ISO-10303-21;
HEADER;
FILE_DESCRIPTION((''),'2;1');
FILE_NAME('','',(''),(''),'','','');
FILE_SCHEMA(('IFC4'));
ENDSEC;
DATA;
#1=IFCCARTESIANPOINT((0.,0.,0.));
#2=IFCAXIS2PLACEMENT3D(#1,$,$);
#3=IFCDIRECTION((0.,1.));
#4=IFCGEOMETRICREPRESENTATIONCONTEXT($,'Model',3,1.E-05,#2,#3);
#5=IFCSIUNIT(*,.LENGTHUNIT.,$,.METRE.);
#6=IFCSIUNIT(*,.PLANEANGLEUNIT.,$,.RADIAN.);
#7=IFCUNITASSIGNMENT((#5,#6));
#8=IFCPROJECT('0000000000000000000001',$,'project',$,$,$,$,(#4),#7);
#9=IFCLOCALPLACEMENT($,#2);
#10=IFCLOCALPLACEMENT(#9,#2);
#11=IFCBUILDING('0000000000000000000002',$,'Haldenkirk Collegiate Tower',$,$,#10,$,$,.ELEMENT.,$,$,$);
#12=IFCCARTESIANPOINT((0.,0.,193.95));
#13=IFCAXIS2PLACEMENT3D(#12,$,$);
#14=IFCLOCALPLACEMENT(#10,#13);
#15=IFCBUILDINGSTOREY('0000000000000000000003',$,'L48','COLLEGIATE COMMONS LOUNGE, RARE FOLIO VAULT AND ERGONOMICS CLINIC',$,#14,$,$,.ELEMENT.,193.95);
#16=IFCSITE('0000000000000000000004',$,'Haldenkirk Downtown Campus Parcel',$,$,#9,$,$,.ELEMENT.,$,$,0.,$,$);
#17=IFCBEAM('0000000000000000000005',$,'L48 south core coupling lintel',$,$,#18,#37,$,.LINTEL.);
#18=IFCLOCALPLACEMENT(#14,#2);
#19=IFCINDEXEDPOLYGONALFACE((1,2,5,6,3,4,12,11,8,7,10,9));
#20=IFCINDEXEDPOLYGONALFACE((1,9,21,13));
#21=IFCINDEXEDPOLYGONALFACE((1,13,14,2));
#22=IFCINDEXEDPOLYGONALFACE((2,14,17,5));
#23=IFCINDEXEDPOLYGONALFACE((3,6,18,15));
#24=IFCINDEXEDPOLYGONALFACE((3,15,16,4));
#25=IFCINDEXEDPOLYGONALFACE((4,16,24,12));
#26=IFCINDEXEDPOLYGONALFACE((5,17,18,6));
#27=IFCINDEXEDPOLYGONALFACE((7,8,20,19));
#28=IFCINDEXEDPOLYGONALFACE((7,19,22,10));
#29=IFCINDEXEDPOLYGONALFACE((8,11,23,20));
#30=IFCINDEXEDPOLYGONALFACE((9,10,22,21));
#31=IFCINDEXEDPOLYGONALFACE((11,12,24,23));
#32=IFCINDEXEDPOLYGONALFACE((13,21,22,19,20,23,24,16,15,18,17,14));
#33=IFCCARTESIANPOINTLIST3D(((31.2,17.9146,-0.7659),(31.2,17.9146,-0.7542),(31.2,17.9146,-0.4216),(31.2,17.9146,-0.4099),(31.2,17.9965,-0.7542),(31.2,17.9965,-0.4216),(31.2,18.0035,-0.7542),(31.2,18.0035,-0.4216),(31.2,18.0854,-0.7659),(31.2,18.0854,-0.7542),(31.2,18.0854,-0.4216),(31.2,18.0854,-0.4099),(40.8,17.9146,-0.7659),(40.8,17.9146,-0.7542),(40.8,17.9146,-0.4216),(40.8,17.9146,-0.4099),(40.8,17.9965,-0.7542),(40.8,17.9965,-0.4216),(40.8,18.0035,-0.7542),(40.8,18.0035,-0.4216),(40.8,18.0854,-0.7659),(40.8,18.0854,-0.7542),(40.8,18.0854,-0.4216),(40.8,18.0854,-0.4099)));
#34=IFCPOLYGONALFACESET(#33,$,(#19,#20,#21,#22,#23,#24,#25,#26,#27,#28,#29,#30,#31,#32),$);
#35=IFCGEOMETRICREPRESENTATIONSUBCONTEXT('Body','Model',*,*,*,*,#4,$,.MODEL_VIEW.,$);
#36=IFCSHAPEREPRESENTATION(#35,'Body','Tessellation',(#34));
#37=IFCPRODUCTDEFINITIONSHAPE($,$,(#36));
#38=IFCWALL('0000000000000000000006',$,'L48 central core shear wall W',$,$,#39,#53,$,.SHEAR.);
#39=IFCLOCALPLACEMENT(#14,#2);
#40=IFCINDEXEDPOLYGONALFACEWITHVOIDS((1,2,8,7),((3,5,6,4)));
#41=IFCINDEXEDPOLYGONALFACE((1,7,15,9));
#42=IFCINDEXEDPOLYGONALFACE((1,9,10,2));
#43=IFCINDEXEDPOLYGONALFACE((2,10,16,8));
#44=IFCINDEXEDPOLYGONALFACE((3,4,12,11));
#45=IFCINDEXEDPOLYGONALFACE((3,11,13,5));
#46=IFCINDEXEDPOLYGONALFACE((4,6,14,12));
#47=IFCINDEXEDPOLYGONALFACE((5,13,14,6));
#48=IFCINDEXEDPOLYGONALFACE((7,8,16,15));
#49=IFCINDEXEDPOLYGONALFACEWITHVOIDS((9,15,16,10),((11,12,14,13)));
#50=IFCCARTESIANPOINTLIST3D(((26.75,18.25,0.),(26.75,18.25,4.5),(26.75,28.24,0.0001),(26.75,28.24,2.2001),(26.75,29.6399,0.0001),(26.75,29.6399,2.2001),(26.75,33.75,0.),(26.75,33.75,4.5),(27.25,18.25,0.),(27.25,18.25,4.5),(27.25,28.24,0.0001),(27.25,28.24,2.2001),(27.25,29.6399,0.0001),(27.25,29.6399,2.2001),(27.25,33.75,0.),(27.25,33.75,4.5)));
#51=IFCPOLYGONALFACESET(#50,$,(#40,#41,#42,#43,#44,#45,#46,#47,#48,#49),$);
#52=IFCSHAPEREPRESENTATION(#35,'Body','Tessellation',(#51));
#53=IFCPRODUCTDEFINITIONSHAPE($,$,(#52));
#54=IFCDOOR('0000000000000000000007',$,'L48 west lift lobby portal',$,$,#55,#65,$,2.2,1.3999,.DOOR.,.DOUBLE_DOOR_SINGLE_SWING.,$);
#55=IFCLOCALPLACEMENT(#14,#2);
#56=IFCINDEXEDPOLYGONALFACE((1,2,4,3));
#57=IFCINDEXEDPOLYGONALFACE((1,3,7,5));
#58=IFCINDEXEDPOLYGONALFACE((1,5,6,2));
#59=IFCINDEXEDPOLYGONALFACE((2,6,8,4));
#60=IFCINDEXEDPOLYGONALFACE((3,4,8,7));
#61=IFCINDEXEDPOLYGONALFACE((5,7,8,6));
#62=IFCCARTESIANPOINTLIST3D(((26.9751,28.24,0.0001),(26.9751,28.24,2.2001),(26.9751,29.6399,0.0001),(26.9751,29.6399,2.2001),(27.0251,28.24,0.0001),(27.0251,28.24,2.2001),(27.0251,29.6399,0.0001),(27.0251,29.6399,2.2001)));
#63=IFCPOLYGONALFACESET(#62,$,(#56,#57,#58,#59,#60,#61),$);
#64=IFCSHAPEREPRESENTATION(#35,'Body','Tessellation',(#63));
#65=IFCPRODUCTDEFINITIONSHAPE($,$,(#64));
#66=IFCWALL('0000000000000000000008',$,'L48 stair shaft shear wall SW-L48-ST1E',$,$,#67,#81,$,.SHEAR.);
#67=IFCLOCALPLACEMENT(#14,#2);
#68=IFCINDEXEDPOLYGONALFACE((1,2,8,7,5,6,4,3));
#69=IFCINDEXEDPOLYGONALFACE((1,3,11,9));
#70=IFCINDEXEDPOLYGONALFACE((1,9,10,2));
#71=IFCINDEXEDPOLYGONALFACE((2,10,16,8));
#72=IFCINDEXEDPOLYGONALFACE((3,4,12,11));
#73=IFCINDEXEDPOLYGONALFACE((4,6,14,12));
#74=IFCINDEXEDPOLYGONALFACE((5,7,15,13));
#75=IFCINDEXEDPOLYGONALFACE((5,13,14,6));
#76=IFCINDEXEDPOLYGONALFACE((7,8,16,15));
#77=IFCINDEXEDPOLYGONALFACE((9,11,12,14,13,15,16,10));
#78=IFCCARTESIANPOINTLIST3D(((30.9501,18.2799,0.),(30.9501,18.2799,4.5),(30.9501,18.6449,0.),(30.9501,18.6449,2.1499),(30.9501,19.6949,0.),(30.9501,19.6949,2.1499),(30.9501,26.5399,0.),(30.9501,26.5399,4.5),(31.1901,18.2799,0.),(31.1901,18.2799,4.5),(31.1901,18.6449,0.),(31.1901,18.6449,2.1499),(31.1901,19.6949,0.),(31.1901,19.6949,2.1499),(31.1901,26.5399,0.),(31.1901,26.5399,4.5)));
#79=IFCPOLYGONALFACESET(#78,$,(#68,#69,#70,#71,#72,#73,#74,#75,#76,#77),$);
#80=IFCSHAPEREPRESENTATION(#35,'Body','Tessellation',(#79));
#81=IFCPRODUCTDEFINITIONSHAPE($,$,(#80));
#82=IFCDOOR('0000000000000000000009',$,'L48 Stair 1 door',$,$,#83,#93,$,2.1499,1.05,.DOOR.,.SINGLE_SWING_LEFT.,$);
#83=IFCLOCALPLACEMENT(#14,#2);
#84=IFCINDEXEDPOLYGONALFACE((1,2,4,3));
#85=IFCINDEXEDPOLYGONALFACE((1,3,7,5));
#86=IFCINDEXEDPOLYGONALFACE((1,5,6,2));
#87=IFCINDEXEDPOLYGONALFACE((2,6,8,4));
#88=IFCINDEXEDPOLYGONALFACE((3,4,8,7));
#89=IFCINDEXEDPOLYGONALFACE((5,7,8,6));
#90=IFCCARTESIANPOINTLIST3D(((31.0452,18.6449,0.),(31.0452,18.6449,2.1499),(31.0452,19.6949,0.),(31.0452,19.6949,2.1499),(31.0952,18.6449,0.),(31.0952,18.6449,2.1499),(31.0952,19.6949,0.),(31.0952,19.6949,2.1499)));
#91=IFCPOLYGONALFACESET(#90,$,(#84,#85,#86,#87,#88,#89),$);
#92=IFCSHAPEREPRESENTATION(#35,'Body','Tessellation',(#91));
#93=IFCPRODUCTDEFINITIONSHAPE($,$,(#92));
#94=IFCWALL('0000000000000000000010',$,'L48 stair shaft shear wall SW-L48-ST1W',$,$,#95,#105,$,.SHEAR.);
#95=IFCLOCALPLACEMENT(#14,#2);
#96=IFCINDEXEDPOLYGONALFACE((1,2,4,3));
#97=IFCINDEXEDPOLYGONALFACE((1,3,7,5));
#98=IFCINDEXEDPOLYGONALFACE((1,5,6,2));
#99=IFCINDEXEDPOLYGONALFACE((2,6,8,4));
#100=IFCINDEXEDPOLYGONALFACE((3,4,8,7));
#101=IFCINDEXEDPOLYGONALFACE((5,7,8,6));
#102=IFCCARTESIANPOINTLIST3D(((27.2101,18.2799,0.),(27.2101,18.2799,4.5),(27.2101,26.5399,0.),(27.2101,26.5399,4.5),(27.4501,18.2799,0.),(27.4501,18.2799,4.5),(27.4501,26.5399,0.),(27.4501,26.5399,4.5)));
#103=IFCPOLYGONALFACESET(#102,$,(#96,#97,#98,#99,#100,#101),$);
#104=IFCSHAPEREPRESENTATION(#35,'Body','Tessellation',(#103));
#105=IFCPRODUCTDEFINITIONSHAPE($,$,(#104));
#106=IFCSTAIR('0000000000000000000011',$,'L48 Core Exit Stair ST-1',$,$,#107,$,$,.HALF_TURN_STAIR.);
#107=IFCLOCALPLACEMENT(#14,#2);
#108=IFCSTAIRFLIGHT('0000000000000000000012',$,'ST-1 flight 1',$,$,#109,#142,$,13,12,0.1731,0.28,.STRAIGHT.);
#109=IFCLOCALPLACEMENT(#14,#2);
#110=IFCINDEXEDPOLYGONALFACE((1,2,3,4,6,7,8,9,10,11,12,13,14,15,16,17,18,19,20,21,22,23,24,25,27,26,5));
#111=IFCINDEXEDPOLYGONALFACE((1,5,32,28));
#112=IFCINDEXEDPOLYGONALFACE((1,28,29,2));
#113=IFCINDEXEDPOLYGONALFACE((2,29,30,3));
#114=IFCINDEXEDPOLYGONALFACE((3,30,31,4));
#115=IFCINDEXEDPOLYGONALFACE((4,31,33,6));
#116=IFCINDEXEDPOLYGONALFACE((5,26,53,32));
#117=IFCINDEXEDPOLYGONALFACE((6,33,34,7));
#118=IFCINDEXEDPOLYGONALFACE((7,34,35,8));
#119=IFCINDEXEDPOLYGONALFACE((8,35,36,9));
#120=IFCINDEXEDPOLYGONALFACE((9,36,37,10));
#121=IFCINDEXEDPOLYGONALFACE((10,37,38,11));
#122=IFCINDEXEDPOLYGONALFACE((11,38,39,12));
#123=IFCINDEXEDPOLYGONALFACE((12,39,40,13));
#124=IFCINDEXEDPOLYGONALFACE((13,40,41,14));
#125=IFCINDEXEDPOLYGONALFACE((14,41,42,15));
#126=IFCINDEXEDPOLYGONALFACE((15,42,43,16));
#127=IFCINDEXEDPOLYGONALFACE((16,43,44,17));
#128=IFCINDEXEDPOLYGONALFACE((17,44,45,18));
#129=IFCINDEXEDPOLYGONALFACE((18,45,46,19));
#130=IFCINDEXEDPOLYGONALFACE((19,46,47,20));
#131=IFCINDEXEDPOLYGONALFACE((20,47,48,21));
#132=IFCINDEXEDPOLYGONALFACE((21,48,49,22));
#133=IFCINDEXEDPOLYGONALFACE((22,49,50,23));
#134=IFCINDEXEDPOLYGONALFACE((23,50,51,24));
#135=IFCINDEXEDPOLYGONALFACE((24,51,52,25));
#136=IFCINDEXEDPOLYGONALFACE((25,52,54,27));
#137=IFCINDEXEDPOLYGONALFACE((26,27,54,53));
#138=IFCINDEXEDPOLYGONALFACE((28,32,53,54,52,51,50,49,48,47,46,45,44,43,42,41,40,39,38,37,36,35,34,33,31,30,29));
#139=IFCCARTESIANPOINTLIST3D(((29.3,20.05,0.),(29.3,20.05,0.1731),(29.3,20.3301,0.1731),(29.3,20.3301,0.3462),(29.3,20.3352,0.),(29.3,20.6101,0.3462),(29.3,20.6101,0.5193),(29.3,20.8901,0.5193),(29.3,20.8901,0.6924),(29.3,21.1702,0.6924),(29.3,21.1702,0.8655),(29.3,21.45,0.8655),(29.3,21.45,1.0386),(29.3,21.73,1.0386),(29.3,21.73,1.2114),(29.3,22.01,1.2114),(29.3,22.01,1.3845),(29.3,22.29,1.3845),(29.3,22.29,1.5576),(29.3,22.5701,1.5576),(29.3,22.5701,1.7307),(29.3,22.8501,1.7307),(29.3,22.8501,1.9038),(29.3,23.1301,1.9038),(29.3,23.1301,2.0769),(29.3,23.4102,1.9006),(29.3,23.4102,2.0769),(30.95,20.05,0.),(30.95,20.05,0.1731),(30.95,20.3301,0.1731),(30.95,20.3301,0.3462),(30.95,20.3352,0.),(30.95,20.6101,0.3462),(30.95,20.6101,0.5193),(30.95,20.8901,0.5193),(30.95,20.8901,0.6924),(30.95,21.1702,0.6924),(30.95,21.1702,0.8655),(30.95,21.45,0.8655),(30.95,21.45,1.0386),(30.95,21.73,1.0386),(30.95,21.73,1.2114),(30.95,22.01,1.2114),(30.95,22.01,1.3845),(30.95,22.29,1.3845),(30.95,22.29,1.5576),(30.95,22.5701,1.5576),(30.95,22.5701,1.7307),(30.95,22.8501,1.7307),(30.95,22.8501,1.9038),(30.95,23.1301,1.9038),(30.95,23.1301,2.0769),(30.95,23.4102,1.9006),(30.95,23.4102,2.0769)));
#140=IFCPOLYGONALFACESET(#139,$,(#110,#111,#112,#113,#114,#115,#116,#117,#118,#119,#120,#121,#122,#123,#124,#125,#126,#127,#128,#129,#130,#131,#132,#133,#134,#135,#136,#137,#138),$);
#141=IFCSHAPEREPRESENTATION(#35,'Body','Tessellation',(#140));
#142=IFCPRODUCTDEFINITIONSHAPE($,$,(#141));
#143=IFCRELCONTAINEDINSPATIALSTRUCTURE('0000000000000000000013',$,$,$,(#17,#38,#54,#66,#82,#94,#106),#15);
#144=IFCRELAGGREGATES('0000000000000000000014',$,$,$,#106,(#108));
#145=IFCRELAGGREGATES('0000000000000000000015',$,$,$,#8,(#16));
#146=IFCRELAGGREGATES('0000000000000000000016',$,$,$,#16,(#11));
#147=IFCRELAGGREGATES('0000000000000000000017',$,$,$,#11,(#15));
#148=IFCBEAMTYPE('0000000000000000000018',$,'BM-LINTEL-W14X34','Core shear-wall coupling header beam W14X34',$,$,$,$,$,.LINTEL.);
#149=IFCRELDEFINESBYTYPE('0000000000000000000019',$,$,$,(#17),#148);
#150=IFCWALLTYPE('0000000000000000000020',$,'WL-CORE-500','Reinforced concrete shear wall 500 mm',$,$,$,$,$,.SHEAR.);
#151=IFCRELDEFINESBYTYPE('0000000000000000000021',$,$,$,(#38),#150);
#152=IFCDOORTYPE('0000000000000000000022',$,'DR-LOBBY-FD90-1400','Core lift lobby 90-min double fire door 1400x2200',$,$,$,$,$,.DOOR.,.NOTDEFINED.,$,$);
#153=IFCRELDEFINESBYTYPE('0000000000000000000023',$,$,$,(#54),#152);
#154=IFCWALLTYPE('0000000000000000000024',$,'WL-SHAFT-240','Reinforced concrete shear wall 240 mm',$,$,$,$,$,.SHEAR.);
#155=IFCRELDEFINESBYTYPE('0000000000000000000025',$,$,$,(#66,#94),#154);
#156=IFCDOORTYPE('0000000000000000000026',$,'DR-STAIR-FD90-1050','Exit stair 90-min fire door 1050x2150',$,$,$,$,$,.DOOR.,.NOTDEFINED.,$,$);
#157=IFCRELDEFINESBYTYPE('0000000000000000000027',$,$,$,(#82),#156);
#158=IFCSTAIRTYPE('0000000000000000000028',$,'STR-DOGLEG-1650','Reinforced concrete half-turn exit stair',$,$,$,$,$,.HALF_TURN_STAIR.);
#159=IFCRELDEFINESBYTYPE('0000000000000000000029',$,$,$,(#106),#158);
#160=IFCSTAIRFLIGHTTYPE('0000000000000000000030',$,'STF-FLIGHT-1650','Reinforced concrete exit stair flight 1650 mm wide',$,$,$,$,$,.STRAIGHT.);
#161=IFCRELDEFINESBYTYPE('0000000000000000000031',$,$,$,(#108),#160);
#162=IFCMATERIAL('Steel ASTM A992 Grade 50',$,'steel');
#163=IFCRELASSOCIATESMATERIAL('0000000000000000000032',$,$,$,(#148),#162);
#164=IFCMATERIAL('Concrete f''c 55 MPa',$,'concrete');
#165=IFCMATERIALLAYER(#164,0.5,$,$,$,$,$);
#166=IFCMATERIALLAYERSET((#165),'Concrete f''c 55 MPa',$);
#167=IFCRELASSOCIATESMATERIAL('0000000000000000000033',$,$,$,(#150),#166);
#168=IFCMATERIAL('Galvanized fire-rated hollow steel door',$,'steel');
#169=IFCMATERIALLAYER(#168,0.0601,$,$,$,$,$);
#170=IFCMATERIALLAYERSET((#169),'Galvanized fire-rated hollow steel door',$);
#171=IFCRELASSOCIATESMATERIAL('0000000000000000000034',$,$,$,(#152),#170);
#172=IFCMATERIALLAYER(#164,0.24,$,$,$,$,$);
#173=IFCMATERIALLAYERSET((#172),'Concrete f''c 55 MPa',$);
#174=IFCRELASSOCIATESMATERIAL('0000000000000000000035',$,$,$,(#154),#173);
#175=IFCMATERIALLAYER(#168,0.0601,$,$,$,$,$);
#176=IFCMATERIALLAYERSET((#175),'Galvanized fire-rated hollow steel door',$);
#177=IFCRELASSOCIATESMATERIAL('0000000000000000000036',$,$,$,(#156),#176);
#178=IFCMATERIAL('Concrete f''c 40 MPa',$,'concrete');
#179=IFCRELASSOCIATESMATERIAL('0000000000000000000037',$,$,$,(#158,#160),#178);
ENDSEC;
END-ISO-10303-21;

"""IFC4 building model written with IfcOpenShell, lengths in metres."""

from ifc_helpers import new_model, si_unit, direction, frame, frame_2d, origin, origin_2d, place, context, subcontext, project, spatial, polyline, rectangle, i_section, outline, extrude, material, layer, layer_set, material_profile, profile_set, type_object, element, fill, aggregate, save


model = new_model("IFC4")

# Units and contexts
model_context = context("Model", 3, precision=1e-05, world=origin(), true_north=direction((0.0, 1.0)))
body_context = subcontext(model_context, "Body", "Model", "MODEL_VIEW")
ifc_project = project(units=[si_unit("LENGTHUNIT", "METRE"), si_unit("PLANEANGLEUNIT", "RADIAN")], contexts=[model_context])

# Site, building, storey
site_placement = place(None, origin())
site = spatial("IfcSite", under=ifc_project, at=site_placement, Name="Haldenkirk Downtown Campus Parcel", CompositionType="ELEMENT", RefElevation=0.0)
building_placement = place(site_placement, origin())
building = spatial("IfcBuilding", under=site, at=building_placement, Name="Haldenkirk Collegiate Tower", CompositionType="ELEMENT")
storey_placement = place(building_placement, frame((0.0, 0.0, 193.95)))
storey = spatial("IfcBuildingStorey", under=building, at=storey_placement, Name="L48", Description="COLLEGIATE COMMONS LOUNGE, RARE FOLIO VAULT AND ERGONOMICS CLINIC", CompositionType="ELEMENT", Elevation=193.95)

# Beam
ifc_material_1 = material(Name="Steel ASTM A992 Grade 50", Category="steel")
ifc_material_profile = material_profile(ifc_material_1, i_section(OverallWidth=0.1709, OverallDepth=0.356, WebThickness=0.0071, FlangeThickness=0.0117, at=origin_2d()), Name="W14X34")
ifc_profile_set = profile_set([ifc_material_profile], Name="Steel ASTM A992 Grade 50")
beam_type = type_object("IfcBeamType", Name="BM-LINTEL-W14X34", Description="Core shear-wall coupling header beam W14X34", PredefinedType="LINTEL", material=ifc_profile_set)
beam_placement = place(storey_placement, frame((31.2, 18.0, -0.5879), z_axis=(1.0, 0.0, 0.0), x_axis=(0.0, 1.0, 0.0)))
element("IfcBeam", 1, at=beam_placement, inside=storey, type_object=beam_type, Name="L48 south core coupling lintel", PredefinedType="LINTEL", context=body_context, shape_type="SweptSolid", body=[
    extrude(i_section(OverallWidth=0.1709, OverallDepth=0.356, WebThickness=0.0071, FlangeThickness=0.0117, at=origin_2d()), origin(), (0.0, 0.0, 1.0), 9.6001),
])

# Shared definitions
ifc_material_2 = material(Name="Concrete f'c 55 MPa", Category="concrete")
ifc_layer_1 = layer(ifc_material_2, 0.5)
ifc_layer_set_1 = layer_set([ifc_layer_1], Name="Concrete f'c 55 MPa")
wall_type_1 = type_object("IfcWallType", Name="WL-CORE-500", Description="Reinforced concrete shear wall 500 mm", PredefinedType="SHEAR", material=ifc_layer_set_1)
ifc_material_3 = material(Name="Galvanized fire-rated hollow steel door", Category="steel")

# Walls, openings, doors
wall_1_placement = place(storey_placement, frame((27.0, 18.25, 0.0), z_axis=(0.0, 0.0, 1.0), x_axis=(0.0, 1.0, 0.0)))
wall_1 = element("IfcWall", 2, at=wall_1_placement, inside=storey, type_object=wall_type_1, Name="L48 central core shear wall W", PredefinedType="SHEAR", context=body_context, shape_type="SweptSolid", body=[
    extrude(rectangle(XDim=15.5, YDim=0.5, at=frame_2d((7.75, 0.0))), origin(), (0.0, 0.0, 1.0), 4.5),
])
opening_1_placement = place(wall_1_placement, frame((9.99, 0.0, 0.0)))
opening_1 = element("IfcOpeningElement", 3, at=opening_1_placement, cuts=wall_1, PredefinedType="OPENING", context=body_context, shape_type="SweptSolid", body=[
    extrude(rectangle(XDim=1.3999, YDim=2.2, at=frame_2d((0.7, 1.1001))), frame((0.0, 0.26, 0.0), z_axis=(0.0, -1.0, 0.0), x_axis=(1.0, 0.0, 0.0)), (0.0, 0.0, 1.0), 0.52),
])
ifc_layer_2 = layer(ifc_material_3, 0.0601)
ifc_layer_set_2 = layer_set([ifc_layer_2], Name="Galvanized fire-rated hollow steel door")
door_type_1 = type_object("IfcDoorType", Name="DR-LOBBY-FD90-1400", Description="Core lift lobby 90-min double fire door 1400x2200", OperationType="NOTDEFINED", PredefinedType="DOOR", material=ifc_layer_set_2)
door_1_placement = place(opening_1_placement, origin())
door_1 = element("IfcDoor", 4, at=door_1_placement, inside=storey, type_object=door_type_1, Name="L48 west lift lobby portal", OperationType="DOUBLE_DOOR_SINGLE_SWING", OverallHeight=2.2, OverallWidth=1.3999, PredefinedType="DOOR", context=body_context, shape_type="SweptSolid", body=[
    extrude(rectangle(XDim=1.3999, YDim=2.2, at=frame_2d((0.7, 1.1001))), frame((0.0, 0.0249, 0.0), z_axis=(0.0, -1.0, 0.0), x_axis=(1.0, 0.0, 0.0)), (0.0, 0.0, 1.0), 0.05),
])
fill(opening_1, door_1)
ifc_layer_3 = layer(ifc_material_2, 0.24)
ifc_layer_set_3 = layer_set([ifc_layer_3], Name="Concrete f'c 55 MPa")
wall_type_2 = type_object("IfcWallType", Name="WL-SHAFT-240", Description="Reinforced concrete shear wall 240 mm", PredefinedType="SHEAR", material=ifc_layer_set_3)
wall_2_placement = place(storey_placement, frame((31.0701, 18.28, 0.0), z_axis=(0.0, 0.0, 1.0), x_axis=(0.0, 1.0, 0.0)))
wall_2 = element("IfcWall", 5, at=wall_2_placement, inside=storey, type_object=wall_type_2, Name="L48 stair shaft shear wall SW-L48-ST1E", PredefinedType="SHEAR", context=body_context, shape_type="SweptSolid", body=[
    extrude(rectangle(XDim=8.26, YDim=0.24, at=frame_2d((4.1299, 0.0))), origin(), (0.0, 0.0, 1.0), 4.5),
])
opening_2_placement = place(wall_2_placement, frame((0.365, 0.0, 0.0)))
opening_2 = element("IfcOpeningElement", 6, at=opening_2_placement, cuts=wall_2, PredefinedType="OPENING", context=body_context, shape_type="SweptSolid", body=[
    extrude(rectangle(XDim=1.05, YDim=2.1499, at=frame_2d((0.5249, 1.075))), frame((0.0, 0.1299, 0.0), z_axis=(0.0, -1.0, 0.0), x_axis=(1.0, 0.0, 0.0)), (0.0, 0.0, 1.0), 0.26),
])
ifc_layer_4 = layer(ifc_material_3, 0.0601)
ifc_layer_set_4 = layer_set([ifc_layer_4], Name="Galvanized fire-rated hollow steel door")
door_type_2 = type_object("IfcDoorType", Name="DR-STAIR-FD90-1050", Description="Exit stair 90-min fire door 1050x2150", OperationType="NOTDEFINED", PredefinedType="DOOR", material=ifc_layer_set_4)
door_2_placement = place(opening_2_placement, origin())
door_2 = element("IfcDoor", 7, at=door_2_placement, inside=storey, type_object=door_type_2, Name="L48 Stair 1 door", OperationType="SINGLE_SWING_LEFT", OverallHeight=2.1499, OverallWidth=1.05, PredefinedType="DOOR", context=body_context, shape_type="SweptSolid", body=[
    extrude(rectangle(XDim=1.05, YDim=2.1499, at=frame_2d((0.5249, 1.075))), frame((0.0, 0.0249, 0.0), z_axis=(0.0, -1.0, 0.0), x_axis=(1.0, 0.0, 0.0)), (0.0, 0.0, 1.0), 0.05),
])
fill(opening_2, door_2)

# Wall
wall_3_placement = place(storey_placement, frame((27.3301, 18.28, 0.0), z_axis=(0.0, 0.0, 1.0), x_axis=(0.0, 1.0, 0.0)))
element("IfcWall", 8, at=wall_3_placement, inside=storey, type_object=wall_type_2, Name="L48 stair shaft shear wall SW-L48-ST1W", PredefinedType="SHEAR", context=body_context, shape_type="SweptSolid", body=[
    extrude(rectangle(XDim=8.26, YDim=0.24, at=frame_2d((4.1299, 0.0))), origin(), (0.0, 0.0, 1.0), 4.5),
])

# Stair, stair flight
ifc_material_4 = material(Name="Concrete f'c 40 MPa", Category="concrete")
stair_type = type_object("IfcStairType", Name="STR-DOGLEG-1650", Description="Reinforced concrete half-turn exit stair", PredefinedType="HALF_TURN_STAIR", material=ifc_material_4)
stair_placement = place(storey_placement, origin())
stair = element("IfcStair", 9, at=stair_placement, inside=storey, type_object=stair_type, Name="L48 Core Exit Stair ST-1", PredefinedType="HALF_TURN_STAIR")
stair_flight_type = type_object("IfcStairFlightType", Name="STF-FLIGHT-1650", Description="Reinforced concrete exit stair flight 1650 mm wide", PredefinedType="STRAIGHT", material=ifc_material_4)
stair_flight_placement = place(storey_placement, frame((30.125, 20.05, 0.0), z_axis=(0.0, 0.0, 1.0), x_axis=(0.0, 1.0, 0.0)))
stair_flight = element("IfcStairFlight", 10, at=stair_flight_placement, type_object=stair_flight_type, Name="ST-1 flight 1", NumberOfRisers=13, NumberOfTreads=12, PredefinedType="STRAIGHT", RiserHeight=0.1731, TreadLength=0.28, context=body_context, shape_type="SweptSolid", body=[
    extrude(outline(polyline([(0.0, 0.0), (0.0, 0.1731), (0.28, 0.1731), (0.28, 0.3462), (0.5601, 0.3462), (0.5601, 0.5193), (0.8401, 0.5193), (0.8401, 0.6924), (1.1201, 0.6924), (1.1201, 0.8655), (1.3999, 0.8655), (1.3999, 1.0386), (1.6799, 1.0386), (1.6799, 1.2114), (1.96, 1.2114), (1.96, 1.3845), (2.24, 1.3845), (2.24, 1.5576), (2.52, 1.5576), (2.52, 1.7307), (2.8, 1.7307), (2.8, 1.9038), (3.0801, 1.9038), (3.0801, 2.0769), (3.3601, 2.0769), (3.3601, 2.25), (3.3601, 1.9006), (0.2852, 0.0), (0.0, 0.0)])), frame((0.0, 0.825, 0.0), z_axis=(0.0, -1.0, 0.0), x_axis=(1.0, 0.0, 0.0)), (0.0, 0.0, 1.0), 1.6499),
])
aggregate(stair, [stair_flight])

save(model, "model.ifc")
